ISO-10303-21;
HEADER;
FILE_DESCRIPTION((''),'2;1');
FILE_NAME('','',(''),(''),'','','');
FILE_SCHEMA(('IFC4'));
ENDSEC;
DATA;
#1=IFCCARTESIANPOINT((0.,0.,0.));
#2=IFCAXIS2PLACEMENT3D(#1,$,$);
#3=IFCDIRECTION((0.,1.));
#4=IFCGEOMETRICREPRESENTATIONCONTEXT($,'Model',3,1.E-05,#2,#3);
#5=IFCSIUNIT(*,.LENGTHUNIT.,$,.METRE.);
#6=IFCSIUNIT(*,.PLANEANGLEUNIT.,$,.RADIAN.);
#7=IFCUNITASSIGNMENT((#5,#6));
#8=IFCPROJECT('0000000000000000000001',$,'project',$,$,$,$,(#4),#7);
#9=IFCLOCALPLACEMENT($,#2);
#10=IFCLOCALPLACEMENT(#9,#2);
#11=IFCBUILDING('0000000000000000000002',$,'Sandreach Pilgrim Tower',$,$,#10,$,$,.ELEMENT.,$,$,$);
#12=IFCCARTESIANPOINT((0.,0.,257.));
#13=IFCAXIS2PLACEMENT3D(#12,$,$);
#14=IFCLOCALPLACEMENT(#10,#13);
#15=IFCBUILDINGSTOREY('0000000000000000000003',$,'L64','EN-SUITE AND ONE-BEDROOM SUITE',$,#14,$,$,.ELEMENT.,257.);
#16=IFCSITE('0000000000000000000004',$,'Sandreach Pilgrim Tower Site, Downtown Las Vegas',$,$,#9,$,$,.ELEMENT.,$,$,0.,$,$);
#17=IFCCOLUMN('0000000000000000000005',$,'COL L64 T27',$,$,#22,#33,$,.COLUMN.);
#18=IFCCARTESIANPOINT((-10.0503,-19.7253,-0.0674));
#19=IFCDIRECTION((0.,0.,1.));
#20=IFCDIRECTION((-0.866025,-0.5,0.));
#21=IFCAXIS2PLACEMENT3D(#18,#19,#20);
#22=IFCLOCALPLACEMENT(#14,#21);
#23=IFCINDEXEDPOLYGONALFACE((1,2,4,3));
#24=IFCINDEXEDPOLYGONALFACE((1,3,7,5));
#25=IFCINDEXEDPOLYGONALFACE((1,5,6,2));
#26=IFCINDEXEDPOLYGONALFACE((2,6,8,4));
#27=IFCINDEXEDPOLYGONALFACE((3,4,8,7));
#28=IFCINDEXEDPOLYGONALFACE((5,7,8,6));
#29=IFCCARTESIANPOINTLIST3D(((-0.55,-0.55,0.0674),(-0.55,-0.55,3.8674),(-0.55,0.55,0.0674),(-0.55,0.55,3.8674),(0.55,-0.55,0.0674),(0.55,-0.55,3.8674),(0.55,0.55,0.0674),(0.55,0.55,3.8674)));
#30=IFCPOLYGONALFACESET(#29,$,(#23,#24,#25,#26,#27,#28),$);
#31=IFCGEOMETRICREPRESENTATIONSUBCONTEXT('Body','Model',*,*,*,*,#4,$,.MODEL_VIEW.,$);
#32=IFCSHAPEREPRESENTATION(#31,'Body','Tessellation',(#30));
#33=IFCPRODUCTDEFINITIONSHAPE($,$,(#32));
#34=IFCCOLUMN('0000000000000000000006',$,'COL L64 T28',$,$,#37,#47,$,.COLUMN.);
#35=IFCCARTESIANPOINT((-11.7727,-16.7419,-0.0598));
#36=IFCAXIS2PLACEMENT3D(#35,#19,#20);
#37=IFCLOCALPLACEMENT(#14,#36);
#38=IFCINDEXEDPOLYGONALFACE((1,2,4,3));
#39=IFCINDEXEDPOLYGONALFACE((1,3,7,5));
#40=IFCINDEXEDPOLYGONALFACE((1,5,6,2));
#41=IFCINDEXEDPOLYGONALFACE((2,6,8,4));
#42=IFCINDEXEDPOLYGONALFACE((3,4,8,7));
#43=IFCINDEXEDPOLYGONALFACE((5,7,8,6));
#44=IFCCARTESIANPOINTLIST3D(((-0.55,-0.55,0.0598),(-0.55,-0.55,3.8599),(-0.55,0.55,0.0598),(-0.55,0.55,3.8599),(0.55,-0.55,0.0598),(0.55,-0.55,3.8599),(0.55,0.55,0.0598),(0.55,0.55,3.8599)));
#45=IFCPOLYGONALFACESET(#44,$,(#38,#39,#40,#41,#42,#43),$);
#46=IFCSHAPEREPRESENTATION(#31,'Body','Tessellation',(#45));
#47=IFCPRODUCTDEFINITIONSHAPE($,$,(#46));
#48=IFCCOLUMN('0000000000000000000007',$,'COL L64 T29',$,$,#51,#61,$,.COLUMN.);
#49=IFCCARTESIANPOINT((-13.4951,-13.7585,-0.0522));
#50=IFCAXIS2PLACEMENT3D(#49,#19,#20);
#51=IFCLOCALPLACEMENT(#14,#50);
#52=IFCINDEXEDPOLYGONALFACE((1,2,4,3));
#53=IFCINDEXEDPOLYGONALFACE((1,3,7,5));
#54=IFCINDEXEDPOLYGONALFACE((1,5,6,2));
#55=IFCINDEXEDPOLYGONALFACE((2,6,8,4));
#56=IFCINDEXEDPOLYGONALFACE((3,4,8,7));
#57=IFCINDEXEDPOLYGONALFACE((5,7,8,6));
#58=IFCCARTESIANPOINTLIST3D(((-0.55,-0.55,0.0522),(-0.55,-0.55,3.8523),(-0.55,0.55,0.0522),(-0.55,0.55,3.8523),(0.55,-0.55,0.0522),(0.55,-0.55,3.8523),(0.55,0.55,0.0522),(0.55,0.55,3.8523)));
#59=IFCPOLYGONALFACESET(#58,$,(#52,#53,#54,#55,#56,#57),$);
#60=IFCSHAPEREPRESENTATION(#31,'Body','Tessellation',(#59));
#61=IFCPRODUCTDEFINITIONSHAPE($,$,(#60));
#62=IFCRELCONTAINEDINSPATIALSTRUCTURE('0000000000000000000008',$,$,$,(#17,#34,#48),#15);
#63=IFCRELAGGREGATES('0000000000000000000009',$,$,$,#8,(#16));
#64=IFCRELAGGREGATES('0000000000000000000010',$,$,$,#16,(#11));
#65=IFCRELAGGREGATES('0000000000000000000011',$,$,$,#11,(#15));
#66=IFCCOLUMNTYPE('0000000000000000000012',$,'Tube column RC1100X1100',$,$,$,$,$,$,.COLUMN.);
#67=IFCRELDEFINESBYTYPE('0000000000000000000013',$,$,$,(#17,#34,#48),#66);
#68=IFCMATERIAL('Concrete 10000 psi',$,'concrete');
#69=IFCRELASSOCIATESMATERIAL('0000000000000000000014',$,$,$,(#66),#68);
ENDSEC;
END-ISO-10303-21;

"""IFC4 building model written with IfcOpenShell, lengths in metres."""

from ifc_helpers import new_model, si_unit, direction, frame, origin, origin_2d, place, context, subcontext, project, spatial, rectangle, extrude, clip, halfspace, material, material_profile, profile_set, type_object, element, save


model = new_model("IFC4")

# Units and contexts
model_context = context("Model", 3, precision=1e-05, world=origin(), true_north=direction((0.0, 1.0)))
body_context = subcontext(model_context, "Body", "Model", "MODEL_VIEW")
ifc_project = project(units=[si_unit("LENGTHUNIT", "METRE"), si_unit("PLANEANGLEUNIT", "RADIAN")], contexts=[model_context])

# Site, building, storey
site_placement = place(None, origin())
site = spatial("IfcSite", under=ifc_project, at=site_placement, Name="Sandreach Pilgrim Tower Site, Downtown Las Vegas", CompositionType="ELEMENT", RefElevation=0.0)
building_placement = place(site_placement, origin())
building = spatial("IfcBuilding", under=site, at=building_placement, Name="Sandreach Pilgrim Tower", CompositionType="ELEMENT")
storey_placement = place(building_placement, frame((0.0, 0.0, 257.0)))
storey = spatial("IfcBuildingStorey", under=building, at=storey_placement, Name="L64", Description="EN-SUITE AND ONE-BEDROOM SUITE", CompositionType="ELEMENT", Elevation=257.0)

# Columns
ifc_material_1 = material(Name="Concrete 10000 psi", Category="concrete")
ifc_material_profile_1 = material_profile(ifc_material_1, rectangle(XDim=1.1001, YDim=1.1001, at=origin_2d()), Name="RC1100X1100")
ifc_profile_set_1 = profile_set([ifc_material_profile_1], Name="Concrete 10000 psi")
column_type = type_object("IfcColumnType", Name="Tube column RC1100X1100", PredefinedType="COLUMN", material=ifc_profile_set_1)
column_1_placement = place(storey_placement, frame((-10.0503, -19.7253, -0.0674), z_axis=(0.0, 0.0, 1.0), x_axis=(-0.866025, -0.5, 0.0)))
element("IfcColumn", 1, at=column_1_placement, inside=storey, type_object=column_type, Name="COL L64 T27", PredefinedType="COLUMN", context=body_context, shape_type="SweptSolid", body=[
    clip(extrude(rectangle(XDim=1.1001, YDim=1.1001, at=origin_2d()), origin(), (0.0, 0.0, 1.0), 3.8674), halfspace(frame((0.0, 0.0, 0.0674)), True)),
])
column_2_placement = place(storey_placement, frame((-11.7727, -16.7419, -0.0598), z_axis=(0.0, 0.0, 1.0), x_axis=(-0.866025, -0.5, 0.0)))
element("IfcColumn", 2, at=column_2_placement, inside=storey, type_object=column_type, Name="COL L64 T28", PredefinedType="COLUMN", context=body_context, shape_type="SweptSolid", body=[
    clip(extrude(rectangle(XDim=1.1001, YDim=1.1001, at=origin_2d()), origin(), (0.0, 0.0, 1.0), 3.8599), halfspace(frame((0.0, 0.0, 0.0598)), True)),
])
column_3_placement = place(storey_placement, frame((-13.4951, -13.7585, -0.0522), z_axis=(0.0, 0.0, 1.0), x_axis=(-0.866025, -0.5, 0.0)))
element("IfcColumn", 3, at=column_3_placement, inside=storey, type_object=column_type, Name="COL L64 T29", PredefinedType="COLUMN", context=body_context, shape_type="SweptSolid", body=[
    clip(extrude(rectangle(XDim=1.1001, YDim=1.1001, at=origin_2d()), origin(), (0.0, 0.0, 1.0), 3.8523), halfspace(frame((0.0, 0.0, 0.0522)), True)),
])

save(model, "model.ifc")
